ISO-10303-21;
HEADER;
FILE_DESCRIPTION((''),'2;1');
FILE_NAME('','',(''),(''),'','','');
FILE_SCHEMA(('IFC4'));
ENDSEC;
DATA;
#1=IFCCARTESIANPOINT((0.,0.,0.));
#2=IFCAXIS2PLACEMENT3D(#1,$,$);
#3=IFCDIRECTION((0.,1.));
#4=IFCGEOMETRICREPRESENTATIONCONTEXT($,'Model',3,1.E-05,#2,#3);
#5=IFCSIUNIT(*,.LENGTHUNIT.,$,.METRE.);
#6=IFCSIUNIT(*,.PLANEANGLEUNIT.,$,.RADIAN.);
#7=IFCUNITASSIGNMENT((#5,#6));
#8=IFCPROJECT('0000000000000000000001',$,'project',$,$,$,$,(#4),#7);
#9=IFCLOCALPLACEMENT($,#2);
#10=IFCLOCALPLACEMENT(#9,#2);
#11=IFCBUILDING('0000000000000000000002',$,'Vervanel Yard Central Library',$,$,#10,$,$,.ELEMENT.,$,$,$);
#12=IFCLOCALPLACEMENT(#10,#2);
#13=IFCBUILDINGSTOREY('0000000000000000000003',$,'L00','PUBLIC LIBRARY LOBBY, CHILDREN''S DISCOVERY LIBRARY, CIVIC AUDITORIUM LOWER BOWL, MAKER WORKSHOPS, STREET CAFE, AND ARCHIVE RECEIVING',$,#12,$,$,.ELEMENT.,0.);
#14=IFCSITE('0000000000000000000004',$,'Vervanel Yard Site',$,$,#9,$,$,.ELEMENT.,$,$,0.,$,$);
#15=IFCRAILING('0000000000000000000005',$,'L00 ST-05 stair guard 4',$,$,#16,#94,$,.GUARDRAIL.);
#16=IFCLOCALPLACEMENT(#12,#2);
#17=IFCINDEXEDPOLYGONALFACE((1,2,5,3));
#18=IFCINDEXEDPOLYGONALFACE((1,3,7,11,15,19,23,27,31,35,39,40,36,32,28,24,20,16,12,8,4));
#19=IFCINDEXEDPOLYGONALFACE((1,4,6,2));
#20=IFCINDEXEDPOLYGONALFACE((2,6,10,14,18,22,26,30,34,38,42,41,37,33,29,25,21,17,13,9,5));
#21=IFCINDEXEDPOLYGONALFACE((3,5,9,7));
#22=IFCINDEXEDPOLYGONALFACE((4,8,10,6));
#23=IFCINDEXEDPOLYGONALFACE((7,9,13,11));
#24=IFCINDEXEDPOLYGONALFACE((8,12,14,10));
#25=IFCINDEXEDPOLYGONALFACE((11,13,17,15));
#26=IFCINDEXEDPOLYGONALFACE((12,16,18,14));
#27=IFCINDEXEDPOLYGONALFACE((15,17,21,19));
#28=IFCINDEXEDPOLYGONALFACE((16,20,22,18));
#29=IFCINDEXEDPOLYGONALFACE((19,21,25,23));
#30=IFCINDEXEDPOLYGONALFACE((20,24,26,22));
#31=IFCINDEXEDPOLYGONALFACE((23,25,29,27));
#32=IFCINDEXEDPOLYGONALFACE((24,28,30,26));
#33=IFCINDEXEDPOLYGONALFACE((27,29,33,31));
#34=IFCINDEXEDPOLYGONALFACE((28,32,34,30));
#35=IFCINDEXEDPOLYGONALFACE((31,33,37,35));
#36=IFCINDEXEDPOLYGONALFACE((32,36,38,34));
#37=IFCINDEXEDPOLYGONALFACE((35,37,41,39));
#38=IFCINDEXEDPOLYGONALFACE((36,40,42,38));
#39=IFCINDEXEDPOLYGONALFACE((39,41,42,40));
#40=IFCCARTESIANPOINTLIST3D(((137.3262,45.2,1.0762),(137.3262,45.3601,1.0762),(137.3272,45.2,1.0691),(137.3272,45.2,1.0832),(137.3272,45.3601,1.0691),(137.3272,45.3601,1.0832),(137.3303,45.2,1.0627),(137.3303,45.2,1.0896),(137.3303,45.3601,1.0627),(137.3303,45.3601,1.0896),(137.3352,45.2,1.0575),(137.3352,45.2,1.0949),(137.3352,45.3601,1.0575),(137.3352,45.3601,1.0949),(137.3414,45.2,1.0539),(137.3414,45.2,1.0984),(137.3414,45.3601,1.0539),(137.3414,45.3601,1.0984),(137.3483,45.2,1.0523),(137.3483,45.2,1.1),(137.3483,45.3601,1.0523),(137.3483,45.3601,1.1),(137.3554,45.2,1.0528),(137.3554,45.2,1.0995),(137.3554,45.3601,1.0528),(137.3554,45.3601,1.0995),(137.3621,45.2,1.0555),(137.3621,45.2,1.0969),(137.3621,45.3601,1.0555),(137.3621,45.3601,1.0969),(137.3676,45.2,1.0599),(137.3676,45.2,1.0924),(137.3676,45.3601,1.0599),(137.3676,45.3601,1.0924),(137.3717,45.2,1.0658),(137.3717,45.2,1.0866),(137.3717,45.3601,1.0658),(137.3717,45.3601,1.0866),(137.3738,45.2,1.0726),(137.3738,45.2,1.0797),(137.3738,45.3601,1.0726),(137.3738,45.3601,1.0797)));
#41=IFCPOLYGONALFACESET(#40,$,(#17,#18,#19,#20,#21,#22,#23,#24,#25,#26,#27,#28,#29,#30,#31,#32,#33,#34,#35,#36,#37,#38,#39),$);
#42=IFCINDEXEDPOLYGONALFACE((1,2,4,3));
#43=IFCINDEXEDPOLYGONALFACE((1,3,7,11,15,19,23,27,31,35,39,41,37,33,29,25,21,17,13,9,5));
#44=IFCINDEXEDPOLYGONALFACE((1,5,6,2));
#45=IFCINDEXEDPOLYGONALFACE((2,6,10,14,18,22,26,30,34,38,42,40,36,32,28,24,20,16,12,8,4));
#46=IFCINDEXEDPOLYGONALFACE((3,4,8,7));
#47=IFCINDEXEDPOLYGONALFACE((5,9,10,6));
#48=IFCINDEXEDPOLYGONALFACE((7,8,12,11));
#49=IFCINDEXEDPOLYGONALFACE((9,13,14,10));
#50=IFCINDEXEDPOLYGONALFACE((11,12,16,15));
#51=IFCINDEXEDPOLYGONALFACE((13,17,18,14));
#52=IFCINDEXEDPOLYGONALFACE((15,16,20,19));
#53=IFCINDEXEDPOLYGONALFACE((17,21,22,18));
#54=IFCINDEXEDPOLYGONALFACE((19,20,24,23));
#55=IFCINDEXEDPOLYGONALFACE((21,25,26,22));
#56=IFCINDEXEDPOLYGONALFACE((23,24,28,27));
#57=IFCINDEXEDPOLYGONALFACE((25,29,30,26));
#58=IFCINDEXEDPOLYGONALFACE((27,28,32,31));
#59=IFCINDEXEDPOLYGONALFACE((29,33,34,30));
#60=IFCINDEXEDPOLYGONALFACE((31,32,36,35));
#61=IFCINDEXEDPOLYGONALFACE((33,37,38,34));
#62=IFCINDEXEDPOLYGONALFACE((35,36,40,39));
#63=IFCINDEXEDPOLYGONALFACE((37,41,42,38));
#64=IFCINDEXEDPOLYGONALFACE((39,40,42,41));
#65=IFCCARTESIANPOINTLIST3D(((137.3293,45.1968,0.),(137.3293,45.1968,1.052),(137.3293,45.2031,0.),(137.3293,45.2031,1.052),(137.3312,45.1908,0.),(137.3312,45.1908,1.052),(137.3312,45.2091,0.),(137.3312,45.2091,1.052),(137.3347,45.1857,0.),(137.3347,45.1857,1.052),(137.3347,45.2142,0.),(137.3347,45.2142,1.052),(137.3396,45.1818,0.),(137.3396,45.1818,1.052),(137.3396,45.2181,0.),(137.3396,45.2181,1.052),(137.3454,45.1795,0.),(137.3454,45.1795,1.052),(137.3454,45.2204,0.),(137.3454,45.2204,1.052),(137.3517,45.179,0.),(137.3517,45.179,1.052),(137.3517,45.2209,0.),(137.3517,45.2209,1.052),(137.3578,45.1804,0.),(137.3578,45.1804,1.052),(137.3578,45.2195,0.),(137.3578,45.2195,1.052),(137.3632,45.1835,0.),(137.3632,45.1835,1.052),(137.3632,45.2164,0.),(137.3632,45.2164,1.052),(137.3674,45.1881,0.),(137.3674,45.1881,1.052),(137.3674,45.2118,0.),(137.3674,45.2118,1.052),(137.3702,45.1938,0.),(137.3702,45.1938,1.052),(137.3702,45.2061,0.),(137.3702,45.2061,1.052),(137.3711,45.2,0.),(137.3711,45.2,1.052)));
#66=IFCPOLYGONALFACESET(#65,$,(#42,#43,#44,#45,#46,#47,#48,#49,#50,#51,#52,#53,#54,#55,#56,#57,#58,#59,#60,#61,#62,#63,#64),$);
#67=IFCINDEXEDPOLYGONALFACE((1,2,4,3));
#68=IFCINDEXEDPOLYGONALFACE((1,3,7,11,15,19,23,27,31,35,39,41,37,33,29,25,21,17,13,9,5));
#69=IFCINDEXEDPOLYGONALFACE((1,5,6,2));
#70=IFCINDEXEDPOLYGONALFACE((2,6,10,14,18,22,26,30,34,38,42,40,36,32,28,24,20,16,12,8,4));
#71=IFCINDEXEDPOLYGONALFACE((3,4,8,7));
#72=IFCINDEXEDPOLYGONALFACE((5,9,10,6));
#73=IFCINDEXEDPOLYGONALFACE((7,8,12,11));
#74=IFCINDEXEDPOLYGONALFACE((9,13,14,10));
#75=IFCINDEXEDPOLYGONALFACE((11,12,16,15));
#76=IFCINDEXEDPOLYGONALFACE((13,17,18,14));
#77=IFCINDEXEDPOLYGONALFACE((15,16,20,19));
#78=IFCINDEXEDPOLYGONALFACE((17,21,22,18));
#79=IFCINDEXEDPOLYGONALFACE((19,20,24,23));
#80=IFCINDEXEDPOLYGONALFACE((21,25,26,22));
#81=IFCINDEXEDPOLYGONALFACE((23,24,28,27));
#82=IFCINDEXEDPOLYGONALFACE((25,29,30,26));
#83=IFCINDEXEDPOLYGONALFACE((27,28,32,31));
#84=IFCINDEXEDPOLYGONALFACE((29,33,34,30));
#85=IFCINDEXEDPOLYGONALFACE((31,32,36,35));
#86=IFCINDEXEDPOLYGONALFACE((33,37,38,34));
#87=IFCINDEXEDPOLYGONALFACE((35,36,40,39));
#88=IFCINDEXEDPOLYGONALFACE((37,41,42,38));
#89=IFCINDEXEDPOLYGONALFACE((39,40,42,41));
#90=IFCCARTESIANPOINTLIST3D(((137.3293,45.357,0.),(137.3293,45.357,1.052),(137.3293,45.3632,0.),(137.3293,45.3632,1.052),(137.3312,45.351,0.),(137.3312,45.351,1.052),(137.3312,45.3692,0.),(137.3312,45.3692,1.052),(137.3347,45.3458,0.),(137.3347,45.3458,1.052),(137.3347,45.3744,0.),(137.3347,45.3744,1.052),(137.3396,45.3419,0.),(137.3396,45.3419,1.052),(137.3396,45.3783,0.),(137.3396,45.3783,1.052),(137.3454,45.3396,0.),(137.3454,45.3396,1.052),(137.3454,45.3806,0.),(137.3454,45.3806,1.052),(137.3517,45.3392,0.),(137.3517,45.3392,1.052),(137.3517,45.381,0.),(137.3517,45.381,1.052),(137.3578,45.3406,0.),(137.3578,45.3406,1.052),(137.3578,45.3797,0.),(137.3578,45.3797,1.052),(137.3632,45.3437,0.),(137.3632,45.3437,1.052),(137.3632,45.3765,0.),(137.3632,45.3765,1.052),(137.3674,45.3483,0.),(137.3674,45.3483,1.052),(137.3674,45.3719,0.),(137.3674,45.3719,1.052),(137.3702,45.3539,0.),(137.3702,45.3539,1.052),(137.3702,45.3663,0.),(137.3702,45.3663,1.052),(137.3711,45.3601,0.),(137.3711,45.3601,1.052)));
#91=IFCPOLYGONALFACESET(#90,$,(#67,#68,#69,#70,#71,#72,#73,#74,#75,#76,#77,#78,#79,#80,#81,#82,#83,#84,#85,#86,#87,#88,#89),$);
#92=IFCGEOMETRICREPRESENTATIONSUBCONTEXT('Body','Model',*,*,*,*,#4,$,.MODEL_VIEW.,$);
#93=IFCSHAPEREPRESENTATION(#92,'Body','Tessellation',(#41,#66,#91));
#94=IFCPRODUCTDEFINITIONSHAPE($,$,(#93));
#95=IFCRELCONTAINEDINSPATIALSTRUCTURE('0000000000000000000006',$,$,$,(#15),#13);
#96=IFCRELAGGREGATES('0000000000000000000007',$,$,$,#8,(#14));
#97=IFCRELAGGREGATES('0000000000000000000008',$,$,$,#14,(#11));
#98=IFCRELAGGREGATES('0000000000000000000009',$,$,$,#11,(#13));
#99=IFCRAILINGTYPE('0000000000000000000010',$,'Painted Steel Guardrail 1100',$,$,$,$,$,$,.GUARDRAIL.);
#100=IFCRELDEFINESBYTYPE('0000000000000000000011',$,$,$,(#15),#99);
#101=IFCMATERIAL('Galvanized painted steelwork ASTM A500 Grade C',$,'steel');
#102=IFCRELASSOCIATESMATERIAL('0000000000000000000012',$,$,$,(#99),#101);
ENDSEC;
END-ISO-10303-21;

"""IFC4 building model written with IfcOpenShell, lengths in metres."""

from ifc_helpers import new_model, si_unit, direction, frame, origin, origin_2d, place, context, subcontext, project, spatial, circle, extrude, material, type_object, element, save


model = new_model("IFC4")

# Units and contexts
model_context = context("Model", 3, precision=1e-05, world=origin(), true_north=direction((0.0, 1.0)))
body_context = subcontext(model_context, "Body", "Model", "MODEL_VIEW")
ifc_project = project(units=[si_unit("LENGTHUNIT", "METRE"), si_unit("PLANEANGLEUNIT", "RADIAN")], contexts=[model_context])

# Site, building, storey
site_placement = place(None, origin())
site = spatial("IfcSite", under=ifc_project, at=site_placement, Name="Vervanel Yard Site", CompositionType="ELEMENT", RefElevation=0.0)
building_placement = place(site_placement, origin())
building = spatial("IfcBuilding", under=site, at=building_placement, Name="Vervanel Yard Central Library", CompositionType="ELEMENT")
storey_placement = place(building_placement, origin())
storey = spatial("IfcBuildingStorey", under=building, at=storey_placement, Name="L00", Description="PUBLIC LIBRARY LOBBY, CHILDREN'S DISCOVERY LIBRARY, CIVIC AUDITORIUM LOWER BOWL, MAKER WORKSHOPS, STREET CAFE, AND ARCHIVE RECEIVING", CompositionType="ELEMENT", Elevation=0.0)

# Shared definitions
ifc_material_1 = material(Name="Galvanized painted steelwork ASTM A500 Grade C", Category="steel")

# Railing
railing_type_1 = type_object("IfcRailingType", Name="Painted Steel Guardrail 1100", PredefinedType="GUARDRAIL", material=ifc_material_1)
railing_1_placement = place(storey_placement, frame((137.3501, 45.2, 0.0)))
element("IfcRailing", 1, at=railing_1_placement, inside=storey, type_object=railing_type_1, Name="L00 ST-05 stair guard 4", PredefinedType="GUARDRAIL", context=body_context, shape_type="SweptSolid", body=[
    extrude(circle(Radius=0.0239, at=origin_2d()), frame((0.0, 0.0, 1.0762), z_axis=(0.0, 1.0, 0.0), x_axis=(-1.0, 0.0, 0.0)), (0.0, 0.0, 1.0), 0.1602),
    extrude(circle(Radius=0.021, at=origin_2d()), origin(), (0.0, 0.0, 1.0), 1.052),
    extrude(circle(Radius=0.021, at=origin_2d()), frame((0.0, 0.1602, 0.0)), (0.0, 0.0, 1.0), 1.052),
])

save(model, "model.ifc")
